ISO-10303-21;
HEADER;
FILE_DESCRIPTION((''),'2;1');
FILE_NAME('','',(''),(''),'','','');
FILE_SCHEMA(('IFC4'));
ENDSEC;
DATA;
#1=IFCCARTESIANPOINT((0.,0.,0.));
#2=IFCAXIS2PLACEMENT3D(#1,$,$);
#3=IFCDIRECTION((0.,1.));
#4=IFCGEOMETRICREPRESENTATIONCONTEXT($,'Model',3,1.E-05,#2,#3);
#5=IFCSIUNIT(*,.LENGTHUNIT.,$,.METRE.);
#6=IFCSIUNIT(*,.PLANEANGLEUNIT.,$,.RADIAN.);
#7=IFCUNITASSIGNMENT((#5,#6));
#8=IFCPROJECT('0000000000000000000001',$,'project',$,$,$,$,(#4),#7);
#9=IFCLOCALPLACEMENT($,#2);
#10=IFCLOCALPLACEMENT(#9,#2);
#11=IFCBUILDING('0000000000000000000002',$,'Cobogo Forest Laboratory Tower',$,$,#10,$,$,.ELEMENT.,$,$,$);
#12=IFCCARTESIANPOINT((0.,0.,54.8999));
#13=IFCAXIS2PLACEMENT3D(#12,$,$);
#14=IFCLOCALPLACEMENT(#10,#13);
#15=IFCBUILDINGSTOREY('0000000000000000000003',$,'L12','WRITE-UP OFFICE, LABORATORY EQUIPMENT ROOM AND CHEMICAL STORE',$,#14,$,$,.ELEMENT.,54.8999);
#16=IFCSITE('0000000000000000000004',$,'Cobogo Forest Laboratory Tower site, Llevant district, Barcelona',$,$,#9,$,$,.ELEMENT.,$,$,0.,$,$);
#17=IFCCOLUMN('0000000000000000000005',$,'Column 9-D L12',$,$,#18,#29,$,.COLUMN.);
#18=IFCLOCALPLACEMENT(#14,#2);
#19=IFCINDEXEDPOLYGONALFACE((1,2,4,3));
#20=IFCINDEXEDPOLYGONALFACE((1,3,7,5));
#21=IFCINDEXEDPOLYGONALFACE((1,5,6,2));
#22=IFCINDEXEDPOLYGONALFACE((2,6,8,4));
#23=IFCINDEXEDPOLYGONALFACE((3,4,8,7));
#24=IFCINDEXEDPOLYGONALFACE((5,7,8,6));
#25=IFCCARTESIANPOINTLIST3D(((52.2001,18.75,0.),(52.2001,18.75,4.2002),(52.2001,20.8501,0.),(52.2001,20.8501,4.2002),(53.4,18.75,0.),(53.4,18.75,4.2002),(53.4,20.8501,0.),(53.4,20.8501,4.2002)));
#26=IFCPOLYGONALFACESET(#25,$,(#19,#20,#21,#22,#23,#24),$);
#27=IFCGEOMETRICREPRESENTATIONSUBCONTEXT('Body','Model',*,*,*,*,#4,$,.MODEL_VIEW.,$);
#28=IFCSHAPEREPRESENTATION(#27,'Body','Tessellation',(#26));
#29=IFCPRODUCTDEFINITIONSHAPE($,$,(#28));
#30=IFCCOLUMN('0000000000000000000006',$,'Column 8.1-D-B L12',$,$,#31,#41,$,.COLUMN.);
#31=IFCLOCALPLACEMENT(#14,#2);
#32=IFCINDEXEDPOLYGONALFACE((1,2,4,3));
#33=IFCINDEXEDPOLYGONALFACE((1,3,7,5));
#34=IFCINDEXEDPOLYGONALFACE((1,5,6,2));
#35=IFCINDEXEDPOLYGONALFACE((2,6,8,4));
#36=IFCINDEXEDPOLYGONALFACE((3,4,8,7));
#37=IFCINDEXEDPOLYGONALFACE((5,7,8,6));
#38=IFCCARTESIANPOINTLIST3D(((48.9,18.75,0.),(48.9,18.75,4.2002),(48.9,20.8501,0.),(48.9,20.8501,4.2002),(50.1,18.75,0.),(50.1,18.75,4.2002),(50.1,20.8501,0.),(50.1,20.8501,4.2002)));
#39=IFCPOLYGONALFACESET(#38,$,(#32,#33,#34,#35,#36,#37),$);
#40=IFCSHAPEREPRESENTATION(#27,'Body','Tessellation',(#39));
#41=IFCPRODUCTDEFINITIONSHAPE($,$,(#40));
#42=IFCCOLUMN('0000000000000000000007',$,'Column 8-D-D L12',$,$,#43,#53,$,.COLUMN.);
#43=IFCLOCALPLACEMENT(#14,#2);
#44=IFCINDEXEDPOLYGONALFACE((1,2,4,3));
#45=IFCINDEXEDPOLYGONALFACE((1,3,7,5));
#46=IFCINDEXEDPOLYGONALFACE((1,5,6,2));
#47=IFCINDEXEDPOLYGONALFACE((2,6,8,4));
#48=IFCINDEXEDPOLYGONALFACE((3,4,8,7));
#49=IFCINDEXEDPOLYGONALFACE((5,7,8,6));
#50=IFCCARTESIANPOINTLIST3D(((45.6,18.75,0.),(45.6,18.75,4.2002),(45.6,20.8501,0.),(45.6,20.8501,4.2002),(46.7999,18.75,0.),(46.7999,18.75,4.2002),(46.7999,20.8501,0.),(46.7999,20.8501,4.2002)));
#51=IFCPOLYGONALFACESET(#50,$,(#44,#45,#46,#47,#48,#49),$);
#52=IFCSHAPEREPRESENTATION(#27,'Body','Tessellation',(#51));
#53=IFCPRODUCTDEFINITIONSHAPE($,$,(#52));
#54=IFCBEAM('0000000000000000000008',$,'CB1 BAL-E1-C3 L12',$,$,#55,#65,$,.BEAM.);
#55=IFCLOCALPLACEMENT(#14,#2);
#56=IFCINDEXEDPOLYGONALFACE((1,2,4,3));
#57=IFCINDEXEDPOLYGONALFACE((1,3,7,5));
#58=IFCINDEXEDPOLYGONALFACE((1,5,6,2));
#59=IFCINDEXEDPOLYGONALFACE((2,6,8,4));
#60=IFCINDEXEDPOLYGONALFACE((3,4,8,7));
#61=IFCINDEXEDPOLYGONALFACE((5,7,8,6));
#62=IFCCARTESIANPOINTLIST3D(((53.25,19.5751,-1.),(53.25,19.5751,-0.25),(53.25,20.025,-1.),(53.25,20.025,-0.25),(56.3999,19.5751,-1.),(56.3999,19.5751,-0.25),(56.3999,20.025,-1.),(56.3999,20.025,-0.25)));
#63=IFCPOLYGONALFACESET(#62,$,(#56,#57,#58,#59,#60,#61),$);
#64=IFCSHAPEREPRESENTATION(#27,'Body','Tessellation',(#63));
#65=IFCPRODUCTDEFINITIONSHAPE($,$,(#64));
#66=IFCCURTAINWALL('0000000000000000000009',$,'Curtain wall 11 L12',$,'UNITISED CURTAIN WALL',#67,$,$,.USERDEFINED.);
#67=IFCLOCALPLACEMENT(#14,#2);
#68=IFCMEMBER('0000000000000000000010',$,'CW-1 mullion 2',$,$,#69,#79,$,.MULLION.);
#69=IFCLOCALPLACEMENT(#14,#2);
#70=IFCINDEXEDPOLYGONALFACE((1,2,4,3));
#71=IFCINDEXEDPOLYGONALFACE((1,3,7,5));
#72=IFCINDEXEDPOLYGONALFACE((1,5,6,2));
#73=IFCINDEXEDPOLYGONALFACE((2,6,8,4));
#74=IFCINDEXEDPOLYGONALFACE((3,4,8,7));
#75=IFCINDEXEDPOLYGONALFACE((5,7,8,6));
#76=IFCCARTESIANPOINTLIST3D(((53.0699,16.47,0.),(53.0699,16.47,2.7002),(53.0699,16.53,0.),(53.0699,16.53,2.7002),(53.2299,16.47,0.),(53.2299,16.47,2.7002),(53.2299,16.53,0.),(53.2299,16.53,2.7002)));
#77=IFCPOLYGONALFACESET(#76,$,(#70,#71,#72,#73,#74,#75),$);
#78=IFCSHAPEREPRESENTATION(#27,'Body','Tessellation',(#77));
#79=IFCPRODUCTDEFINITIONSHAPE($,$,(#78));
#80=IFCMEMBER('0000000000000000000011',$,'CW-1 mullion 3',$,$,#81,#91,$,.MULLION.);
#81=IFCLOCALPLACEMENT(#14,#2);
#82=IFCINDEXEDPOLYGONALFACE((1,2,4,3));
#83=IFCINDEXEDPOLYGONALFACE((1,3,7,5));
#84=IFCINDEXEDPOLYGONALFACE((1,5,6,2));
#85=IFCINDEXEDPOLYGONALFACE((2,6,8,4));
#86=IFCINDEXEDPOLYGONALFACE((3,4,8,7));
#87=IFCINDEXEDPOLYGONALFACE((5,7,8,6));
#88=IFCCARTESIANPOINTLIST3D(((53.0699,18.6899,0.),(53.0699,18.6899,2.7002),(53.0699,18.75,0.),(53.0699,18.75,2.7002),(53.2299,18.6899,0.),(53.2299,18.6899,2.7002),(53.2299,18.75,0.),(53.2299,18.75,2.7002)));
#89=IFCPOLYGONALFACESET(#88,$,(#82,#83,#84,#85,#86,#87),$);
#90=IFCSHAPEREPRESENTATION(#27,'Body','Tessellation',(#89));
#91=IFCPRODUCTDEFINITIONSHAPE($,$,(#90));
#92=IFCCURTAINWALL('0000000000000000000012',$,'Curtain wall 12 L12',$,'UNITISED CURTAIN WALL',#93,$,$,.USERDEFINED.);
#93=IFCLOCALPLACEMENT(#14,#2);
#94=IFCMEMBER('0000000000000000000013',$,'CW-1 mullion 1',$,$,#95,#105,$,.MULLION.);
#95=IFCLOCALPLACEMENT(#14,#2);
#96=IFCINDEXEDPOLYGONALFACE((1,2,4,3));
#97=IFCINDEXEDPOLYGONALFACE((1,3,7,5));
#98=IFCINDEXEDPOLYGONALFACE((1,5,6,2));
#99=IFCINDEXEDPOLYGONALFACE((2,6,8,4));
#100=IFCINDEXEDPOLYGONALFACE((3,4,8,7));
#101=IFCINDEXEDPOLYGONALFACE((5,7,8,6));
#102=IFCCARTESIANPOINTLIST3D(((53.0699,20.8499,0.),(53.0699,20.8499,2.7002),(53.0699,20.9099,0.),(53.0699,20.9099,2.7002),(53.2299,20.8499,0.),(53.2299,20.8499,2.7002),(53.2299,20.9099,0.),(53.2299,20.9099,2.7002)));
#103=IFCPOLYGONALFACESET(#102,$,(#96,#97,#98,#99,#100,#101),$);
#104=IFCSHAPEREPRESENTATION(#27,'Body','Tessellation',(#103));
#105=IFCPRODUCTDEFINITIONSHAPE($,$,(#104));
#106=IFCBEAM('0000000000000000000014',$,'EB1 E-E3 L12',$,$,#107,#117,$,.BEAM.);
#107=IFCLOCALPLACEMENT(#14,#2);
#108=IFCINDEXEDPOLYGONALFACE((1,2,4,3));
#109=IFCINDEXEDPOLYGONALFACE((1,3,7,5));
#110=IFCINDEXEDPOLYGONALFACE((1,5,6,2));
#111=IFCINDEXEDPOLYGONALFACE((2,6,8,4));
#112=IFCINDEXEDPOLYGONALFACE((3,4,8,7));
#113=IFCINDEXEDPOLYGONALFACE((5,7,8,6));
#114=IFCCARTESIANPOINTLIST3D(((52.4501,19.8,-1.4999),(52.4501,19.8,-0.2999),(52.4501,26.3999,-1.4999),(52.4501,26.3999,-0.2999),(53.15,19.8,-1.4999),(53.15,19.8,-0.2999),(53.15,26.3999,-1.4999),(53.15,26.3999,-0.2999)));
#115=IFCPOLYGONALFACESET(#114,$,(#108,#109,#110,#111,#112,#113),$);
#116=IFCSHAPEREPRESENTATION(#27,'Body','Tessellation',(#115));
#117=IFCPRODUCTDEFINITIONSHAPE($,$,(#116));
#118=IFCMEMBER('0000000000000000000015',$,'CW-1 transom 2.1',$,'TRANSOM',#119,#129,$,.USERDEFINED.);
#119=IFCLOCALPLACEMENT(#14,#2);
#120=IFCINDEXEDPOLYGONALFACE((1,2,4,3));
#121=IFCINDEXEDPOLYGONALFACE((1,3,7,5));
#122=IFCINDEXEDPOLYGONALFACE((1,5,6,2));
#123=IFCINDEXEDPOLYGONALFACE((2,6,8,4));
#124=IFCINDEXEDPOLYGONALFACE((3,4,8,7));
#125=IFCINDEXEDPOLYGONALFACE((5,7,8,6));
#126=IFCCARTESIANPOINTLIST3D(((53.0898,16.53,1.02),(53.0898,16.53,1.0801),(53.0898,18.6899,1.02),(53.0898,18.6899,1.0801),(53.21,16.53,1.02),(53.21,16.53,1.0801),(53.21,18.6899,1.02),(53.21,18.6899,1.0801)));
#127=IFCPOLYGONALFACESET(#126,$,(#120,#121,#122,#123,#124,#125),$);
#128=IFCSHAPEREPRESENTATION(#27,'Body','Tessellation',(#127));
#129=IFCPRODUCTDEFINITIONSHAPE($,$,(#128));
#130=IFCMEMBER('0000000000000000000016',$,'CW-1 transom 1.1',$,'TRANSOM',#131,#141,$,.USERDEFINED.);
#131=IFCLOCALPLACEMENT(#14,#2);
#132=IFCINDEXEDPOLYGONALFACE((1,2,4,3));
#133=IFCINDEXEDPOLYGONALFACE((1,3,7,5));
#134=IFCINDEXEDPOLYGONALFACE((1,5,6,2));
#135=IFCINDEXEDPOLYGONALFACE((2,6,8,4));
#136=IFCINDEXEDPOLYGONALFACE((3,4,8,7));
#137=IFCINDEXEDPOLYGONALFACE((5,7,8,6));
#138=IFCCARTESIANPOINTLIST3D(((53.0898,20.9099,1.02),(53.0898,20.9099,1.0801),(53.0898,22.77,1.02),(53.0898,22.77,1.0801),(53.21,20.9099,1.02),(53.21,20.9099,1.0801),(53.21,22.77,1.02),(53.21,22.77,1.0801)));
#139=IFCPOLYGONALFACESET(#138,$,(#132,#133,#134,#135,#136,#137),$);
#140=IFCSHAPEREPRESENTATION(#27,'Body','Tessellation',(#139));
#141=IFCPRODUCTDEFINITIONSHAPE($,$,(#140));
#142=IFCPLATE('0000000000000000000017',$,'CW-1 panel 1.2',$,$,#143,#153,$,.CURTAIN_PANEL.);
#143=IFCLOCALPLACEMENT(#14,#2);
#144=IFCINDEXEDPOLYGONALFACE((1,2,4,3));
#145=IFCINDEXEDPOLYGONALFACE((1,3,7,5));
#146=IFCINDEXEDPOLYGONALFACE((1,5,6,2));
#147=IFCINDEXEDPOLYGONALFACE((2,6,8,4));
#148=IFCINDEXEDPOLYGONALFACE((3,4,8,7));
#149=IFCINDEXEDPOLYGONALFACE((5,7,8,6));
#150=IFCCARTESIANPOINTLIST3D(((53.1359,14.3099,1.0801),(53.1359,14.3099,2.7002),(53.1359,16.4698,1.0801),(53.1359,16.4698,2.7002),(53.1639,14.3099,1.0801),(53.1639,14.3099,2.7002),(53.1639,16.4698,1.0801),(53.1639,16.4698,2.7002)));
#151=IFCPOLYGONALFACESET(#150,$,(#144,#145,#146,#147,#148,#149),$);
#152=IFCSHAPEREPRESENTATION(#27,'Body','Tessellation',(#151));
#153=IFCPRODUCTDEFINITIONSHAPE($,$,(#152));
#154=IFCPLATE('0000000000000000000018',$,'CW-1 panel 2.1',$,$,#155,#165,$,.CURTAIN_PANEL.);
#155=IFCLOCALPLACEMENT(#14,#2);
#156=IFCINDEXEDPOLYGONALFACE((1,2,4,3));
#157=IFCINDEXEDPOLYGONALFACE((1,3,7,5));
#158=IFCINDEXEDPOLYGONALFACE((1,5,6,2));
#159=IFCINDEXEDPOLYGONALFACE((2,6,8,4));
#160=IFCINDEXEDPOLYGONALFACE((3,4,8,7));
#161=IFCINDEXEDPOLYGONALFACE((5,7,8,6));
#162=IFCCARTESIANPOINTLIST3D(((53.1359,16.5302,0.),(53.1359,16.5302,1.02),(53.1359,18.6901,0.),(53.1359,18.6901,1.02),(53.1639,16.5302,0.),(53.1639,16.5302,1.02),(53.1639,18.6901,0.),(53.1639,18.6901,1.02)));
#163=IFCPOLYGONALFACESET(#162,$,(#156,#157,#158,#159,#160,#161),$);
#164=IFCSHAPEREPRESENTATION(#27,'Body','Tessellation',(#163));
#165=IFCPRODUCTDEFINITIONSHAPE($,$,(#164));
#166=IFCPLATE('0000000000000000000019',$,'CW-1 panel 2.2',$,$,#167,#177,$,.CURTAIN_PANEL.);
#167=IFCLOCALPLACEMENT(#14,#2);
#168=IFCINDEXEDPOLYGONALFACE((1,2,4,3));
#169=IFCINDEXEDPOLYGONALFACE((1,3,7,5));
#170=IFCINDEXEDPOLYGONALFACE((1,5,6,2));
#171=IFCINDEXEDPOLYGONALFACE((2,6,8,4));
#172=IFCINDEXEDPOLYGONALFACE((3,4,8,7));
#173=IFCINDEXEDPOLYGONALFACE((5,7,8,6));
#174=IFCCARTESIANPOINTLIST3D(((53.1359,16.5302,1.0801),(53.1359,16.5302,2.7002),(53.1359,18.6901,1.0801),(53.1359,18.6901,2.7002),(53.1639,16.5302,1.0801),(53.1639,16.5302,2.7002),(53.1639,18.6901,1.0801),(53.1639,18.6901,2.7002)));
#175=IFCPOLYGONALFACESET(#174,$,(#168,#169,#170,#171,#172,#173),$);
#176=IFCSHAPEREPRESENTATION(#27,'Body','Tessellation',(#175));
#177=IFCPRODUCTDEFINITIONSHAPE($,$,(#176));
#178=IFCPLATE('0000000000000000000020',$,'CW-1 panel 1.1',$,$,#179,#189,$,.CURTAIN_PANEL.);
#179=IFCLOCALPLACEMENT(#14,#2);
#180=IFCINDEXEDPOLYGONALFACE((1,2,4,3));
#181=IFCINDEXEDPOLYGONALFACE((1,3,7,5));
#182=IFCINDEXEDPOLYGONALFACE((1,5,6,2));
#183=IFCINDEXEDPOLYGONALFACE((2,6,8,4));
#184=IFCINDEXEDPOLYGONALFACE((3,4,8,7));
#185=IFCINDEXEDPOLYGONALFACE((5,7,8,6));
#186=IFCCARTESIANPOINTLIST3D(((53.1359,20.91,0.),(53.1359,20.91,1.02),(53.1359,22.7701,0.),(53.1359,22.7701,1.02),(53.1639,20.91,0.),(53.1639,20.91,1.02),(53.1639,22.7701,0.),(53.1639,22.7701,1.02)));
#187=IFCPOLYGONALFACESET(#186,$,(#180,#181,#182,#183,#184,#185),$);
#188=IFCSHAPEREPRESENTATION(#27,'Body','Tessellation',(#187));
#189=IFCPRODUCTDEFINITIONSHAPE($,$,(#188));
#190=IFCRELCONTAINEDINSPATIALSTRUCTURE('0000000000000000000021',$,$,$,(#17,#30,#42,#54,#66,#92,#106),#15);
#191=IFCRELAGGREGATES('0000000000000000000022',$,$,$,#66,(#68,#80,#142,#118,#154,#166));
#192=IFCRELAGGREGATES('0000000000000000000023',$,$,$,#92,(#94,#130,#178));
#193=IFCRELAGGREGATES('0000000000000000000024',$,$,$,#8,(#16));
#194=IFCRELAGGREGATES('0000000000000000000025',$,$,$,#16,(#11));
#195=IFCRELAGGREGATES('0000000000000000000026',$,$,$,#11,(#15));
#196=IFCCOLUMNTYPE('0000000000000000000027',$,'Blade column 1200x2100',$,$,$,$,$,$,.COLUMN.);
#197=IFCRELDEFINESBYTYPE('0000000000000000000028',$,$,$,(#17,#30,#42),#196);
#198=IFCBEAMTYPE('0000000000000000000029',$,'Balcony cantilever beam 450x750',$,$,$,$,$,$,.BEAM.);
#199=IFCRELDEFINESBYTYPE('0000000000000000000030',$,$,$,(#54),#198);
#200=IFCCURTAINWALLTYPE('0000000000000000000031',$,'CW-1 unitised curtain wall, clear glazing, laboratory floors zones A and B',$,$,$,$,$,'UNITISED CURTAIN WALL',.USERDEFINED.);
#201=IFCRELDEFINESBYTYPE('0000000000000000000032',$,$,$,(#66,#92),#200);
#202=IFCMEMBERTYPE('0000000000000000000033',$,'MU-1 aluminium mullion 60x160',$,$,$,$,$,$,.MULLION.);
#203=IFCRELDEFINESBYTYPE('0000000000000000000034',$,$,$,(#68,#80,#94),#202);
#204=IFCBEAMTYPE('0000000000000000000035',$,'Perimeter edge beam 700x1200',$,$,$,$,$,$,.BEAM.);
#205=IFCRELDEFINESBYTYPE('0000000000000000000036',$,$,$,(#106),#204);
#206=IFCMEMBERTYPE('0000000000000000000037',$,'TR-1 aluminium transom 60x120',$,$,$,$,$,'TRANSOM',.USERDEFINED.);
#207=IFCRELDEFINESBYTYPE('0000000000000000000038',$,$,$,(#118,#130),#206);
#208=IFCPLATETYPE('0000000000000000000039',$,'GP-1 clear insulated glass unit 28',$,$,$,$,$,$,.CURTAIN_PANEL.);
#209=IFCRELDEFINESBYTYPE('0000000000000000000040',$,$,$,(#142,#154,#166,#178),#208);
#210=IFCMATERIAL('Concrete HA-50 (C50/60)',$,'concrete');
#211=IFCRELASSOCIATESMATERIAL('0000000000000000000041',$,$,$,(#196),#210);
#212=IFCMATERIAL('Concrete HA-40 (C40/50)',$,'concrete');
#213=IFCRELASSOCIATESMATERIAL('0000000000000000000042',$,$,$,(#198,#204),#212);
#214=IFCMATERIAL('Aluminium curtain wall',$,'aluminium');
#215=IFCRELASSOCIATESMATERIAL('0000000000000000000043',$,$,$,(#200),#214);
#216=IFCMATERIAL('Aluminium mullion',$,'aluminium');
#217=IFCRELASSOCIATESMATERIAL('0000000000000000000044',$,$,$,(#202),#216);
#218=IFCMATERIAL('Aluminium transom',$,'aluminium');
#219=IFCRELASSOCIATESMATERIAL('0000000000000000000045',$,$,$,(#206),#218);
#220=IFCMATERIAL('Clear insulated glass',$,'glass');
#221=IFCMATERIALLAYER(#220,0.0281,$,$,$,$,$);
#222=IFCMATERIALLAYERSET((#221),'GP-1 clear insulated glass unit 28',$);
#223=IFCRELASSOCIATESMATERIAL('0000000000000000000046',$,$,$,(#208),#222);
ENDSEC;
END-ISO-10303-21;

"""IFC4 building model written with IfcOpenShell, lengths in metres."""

from ifc_helpers import new_model, si_unit, direction, frame, origin, origin_2d, place, context, subcontext, project, spatial, rectangle, extrude, material, layer, layer_set, material_profile, profile_set, type_object, element, aggregate, save


model = new_model("IFC4")

# Units and contexts
model_context = context("Model", 3, precision=1e-05, world=origin(), true_north=direction((0.0, 1.0)))
body_context = subcontext(model_context, "Body", "Model", "MODEL_VIEW")
ifc_project = project(units=[si_unit("LENGTHUNIT", "METRE"), si_unit("PLANEANGLEUNIT", "RADIAN")], contexts=[model_context])

# Site, building, storey
site_placement = place(None, origin())
site = spatial("IfcSite", under=ifc_project, at=site_placement, Name="Cobogo Forest Laboratory Tower site, Llevant district, Barcelona", CompositionType="ELEMENT", RefElevation=0.0)
building_placement = place(site_placement, origin())
building = spatial("IfcBuilding", under=site, at=building_placement, Name="Cobogo Forest Laboratory Tower", CompositionType="ELEMENT")
storey_placement = place(building_placement, frame((0.0, 0.0, 54.8999)))
storey = spatial("IfcBuildingStorey", under=building, at=storey_placement, Name="L12", Description="WRITE-UP OFFICE, LABORATORY EQUIPMENT ROOM AND CHEMICAL STORE", CompositionType="ELEMENT", Elevation=54.8999)

# Columns
ifc_material_1 = material(Name="Concrete HA-50 (C50/60)", Category="concrete")
ifc_material_profile_1 = material_profile(ifc_material_1, rectangle(XDim=2.1001, YDim=1.2, at=origin_2d()), Name="RC 1200x2100")
ifc_profile_set_1 = profile_set([ifc_material_profile_1], Name="Concrete HA-50 (C50/60)")
column_type = type_object("IfcColumnType", Name="Blade column 1200x2100", PredefinedType="COLUMN", material=ifc_profile_set_1)
for number, where, z_axis, x_axis, name in (
    (1, (52.8, 19.8, 0.0), (0.0, 0.0, 1.0), (0.0, 1.0, 0.0), "Column 9-D L12"),
    (2, (49.5, 19.8, 0.0), (0.0, 0.0, 1.0), (0.0, 1.0, 0.0), "Column 8.1-D-B L12"),
    (3, (46.2, 19.8, 0.0), (0.0, 0.0, 1.0), (0.0, 1.0, 0.0), "Column 8-D-D L12"),
):
    element("IfcColumn", number, at=place(storey_placement, frame(where, z_axis=z_axis, x_axis=x_axis)), inside=storey, type_object=column_type, Name=name, PredefinedType="COLUMN", context=body_context, shape_type="SweptSolid", body=[
        extrude(rectangle(XDim=2.1001, YDim=1.2, at=origin_2d()), origin(), (0.0, 0.0, 1.0), 4.2002),
    ])

# Beam
ifc_material_2 = material(Name="Concrete HA-40 (C40/50)", Category="concrete")
ifc_material_profile_2 = material_profile(ifc_material_2, rectangle(XDim=0.45, YDim=0.75, at=origin_2d()), Name="RC 450x750")
ifc_profile_set_2 = profile_set([ifc_material_profile_2], Name="Concrete HA-40 (C40/50)")
beam_type_1 = type_object("IfcBeamType", Name="Balcony cantilever beam 450x750", PredefinedType="BEAM", material=ifc_profile_set_2)
beam_1_placement = place(storey_placement, frame((53.25, 19.8, -0.625), z_axis=(1.0, 0.0, 0.0), x_axis=(0.0, 1.0, 0.0)))
element("IfcBeam", 4, at=beam_1_placement, inside=storey, type_object=beam_type_1, Name="CB1 BAL-E1-C3 L12", PredefinedType="BEAM", context=body_context, shape_type="SweptSolid", body=[
    extrude(rectangle(XDim=0.45, YDim=0.75, at=origin_2d()), origin(), (0.0, 0.0, 1.0), 3.1499),
])

# Curtain wall, members
ifc_material_3 = material(Name="Aluminium curtain wall", Category="aluminium")
curtain_wall_type = type_object("IfcCurtainWallType", Name="CW-1 unitised curtain wall, clear glazing, laboratory floors zones A and B", ElementType="UNITISED CURTAIN WALL", PredefinedType="USERDEFINED", material=ifc_material_3)
curtain_wall_1_placement = place(storey_placement, origin())
curtain_wall_1 = element("IfcCurtainWall", 5, at=curtain_wall_1_placement, inside=storey, type_object=curtain_wall_type, Name="Curtain wall 11 L12", ObjectType="UNITISED CURTAIN WALL", PredefinedType="USERDEFINED")
ifc_material_4 = material(Name="Aluminium mullion", Category="aluminium")
ifc_material_profile_3 = material_profile(ifc_material_4, rectangle(XDim=0.0601, YDim=0.1599, at=origin_2d()), Name="AL 60x160")
ifc_profile_set_3 = profile_set([ifc_material_profile_3], Name="Aluminium mullion")
member_type_1 = type_object("IfcMemberType", Name="MU-1 aluminium mullion 60x160", PredefinedType="MULLION", material=ifc_profile_set_3)
member_1_placement = place(storey_placement, frame((53.1499, 16.5, 0.0), z_axis=(0.0, 0.0, 1.0), x_axis=(0.0, 1.0, 0.0)))
member_1 = element("IfcMember", 6, at=member_1_placement, type_object=member_type_1, Name="CW-1 mullion 2", PredefinedType="MULLION", context=body_context, shape_type="SweptSolid", body=[
    extrude(rectangle(XDim=0.0601, YDim=0.1599, at=origin_2d()), origin(), (0.0, 0.0, 1.0), 2.7002),
])
member_2_placement = place(storey_placement, frame((53.1499, 18.72, 0.0), z_axis=(0.0, 0.0, 1.0), x_axis=(0.0, 1.0, 0.0)))
member_2 = element("IfcMember", 7, at=member_2_placement, type_object=member_type_1, Name="CW-1 mullion 3", PredefinedType="MULLION", context=body_context, shape_type="SweptSolid", body=[
    extrude(rectangle(XDim=0.0601, YDim=0.1599, at=origin_2d()), origin(), (0.0, 0.0, 1.0), 2.7002),
])

# Curtain wall, member
curtain_wall_2_placement = place(storey_placement, origin())
curtain_wall_2 = element("IfcCurtainWall", 8, at=curtain_wall_2_placement, inside=storey, type_object=curtain_wall_type, Name="Curtain wall 12 L12", ObjectType="UNITISED CURTAIN WALL", PredefinedType="USERDEFINED")
member_3_placement = place(storey_placement, frame((53.1499, 20.8799, 0.0), z_axis=(0.0, 0.0, 1.0), x_axis=(0.0, 1.0, 0.0)))
member_3 = element("IfcMember", 9, at=member_3_placement, type_object=member_type_1, Name="CW-1 mullion 1", PredefinedType="MULLION", context=body_context, shape_type="SweptSolid", body=[
    extrude(rectangle(XDim=0.0601, YDim=0.1599, at=origin_2d()), origin(), (0.0, 0.0, 1.0), 2.7002),
])

# Beam
ifc_material_profile_4 = material_profile(ifc_material_2, rectangle(XDim=0.7, YDim=1.2, at=origin_2d()), Name="RC 700x1200")
ifc_profile_set_4 = profile_set([ifc_material_profile_4], Name="Concrete HA-40 (C40/50)")
beam_type_2 = type_object("IfcBeamType", Name="Perimeter edge beam 700x1200", PredefinedType="BEAM", material=ifc_profile_set_4)
beam_2_placement = place(storey_placement, frame((52.8, 19.8, -0.8999), z_axis=(0.0, 1.0, 0.0), x_axis=(-1.0, 0.0, 0.0)))
element("IfcBeam", 10, at=beam_2_placement, inside=storey, type_object=beam_type_2, Name="EB1 E-E3 L12", PredefinedType="BEAM", context=body_context, shape_type="SweptSolid", body=[
    extrude(rectangle(XDim=0.7, YDim=1.2, at=origin_2d()), origin(), (0.0, 0.0, 1.0), 6.5999),
])

# Members
ifc_material_5 = material(Name="Aluminium transom", Category="aluminium")
ifc_material_profile_5 = material_profile(ifc_material_5, rectangle(XDim=0.1201, YDim=0.0601, at=origin_2d()), Name="AL 60x120")
ifc_profile_set_5 = profile_set([ifc_material_profile_5], Name="Aluminium transom")
member_type_2 = type_object("IfcMemberType", Name="TR-1 aluminium transom 60x120", ElementType="TRANSOM", PredefinedType="USERDEFINED", material=ifc_profile_set_5)
member_4_placement = place(storey_placement, frame((53.1499, 16.53, 1.05), z_axis=(0.0, 1.0, 0.0), x_axis=(-1.0, 0.0, 0.0)))
member_4 = element("IfcMember", 11, at=member_4_placement, type_object=member_type_2, Name="CW-1 transom 2.1", ObjectType="TRANSOM", PredefinedType="USERDEFINED", context=body_context, shape_type="SweptSolid", body=[
    extrude(rectangle(XDim=0.1201, YDim=0.0601, at=origin_2d()), origin(), (0.0, 0.0, 1.0), 2.1599),
])
member_5_placement = place(storey_placement, frame((53.1499, 20.9099, 1.05), z_axis=(0.0, 1.0, 0.0), x_axis=(-1.0, 0.0, 0.0)))
member_5 = element("IfcMember", 12, at=member_5_placement, type_object=member_type_2, Name="CW-1 transom 1.1", ObjectType="TRANSOM", PredefinedType="USERDEFINED", context=body_context, shape_type="SweptSolid", body=[
    extrude(rectangle(XDim=0.1201, YDim=0.0601, at=origin_2d()), origin(), (0.0, 0.0, 1.0), 1.8601),
])

# Plates
ifc_material_6 = material(Name="Clear insulated glass", Category="glass")
ifc_layer_1 = layer(ifc_material_6, 0.0281)
ifc_layer_set_1 = layer_set([ifc_layer_1], Name="GP-1 clear insulated glass unit 28")
plate_type_1 = type_object("IfcPlateType", Name="GP-1 clear insulated glass unit 28", PredefinedType="CURTAIN_PANEL", material=ifc_layer_set_1)
plate_1_placement = place(storey_placement, frame((53.1499, 15.3899, 1.0801), z_axis=(0.0, 0.0, 1.0), x_axis=(0.0, 1.0, 0.0)))
plate_1 = element("IfcPlate", 13, at=plate_1_placement, type_object=plate_type_1, Name="CW-1 panel 1.2", PredefinedType="CURTAIN_PANEL", context=body_context, shape_type="SweptSolid", body=[
    extrude(rectangle(XDim=2.1599, YDim=0.0281, at=origin_2d()), origin(), (0.0, 0.0, 1.0), 1.6201),
])
plate_2_placement = place(storey_placement, frame((53.1499, 17.6101, 0.0), z_axis=(0.0, 0.0, 1.0), x_axis=(0.0, 1.0, 0.0)))
plate_2 = element("IfcPlate", 14, at=plate_2_placement, type_object=plate_type_1, Name="CW-1 panel 2.1", PredefinedType="CURTAIN_PANEL", context=body_context, shape_type="SweptSolid", body=[
    extrude(rectangle(XDim=2.1599, YDim=0.0281, at=origin_2d()), origin(), (0.0, 0.0, 1.0), 1.02),
])
plate_3_placement = place(storey_placement, frame((53.1499, 17.6101, 1.0801), z_axis=(0.0, 0.0, 1.0), x_axis=(0.0, 1.0, 0.0)))
plate_3 = element("IfcPlate", 15, at=plate_3_placement, type_object=plate_type_1, Name="CW-1 panel 2.2", PredefinedType="CURTAIN_PANEL", context=body_context, shape_type="SweptSolid", body=[
    extrude(rectangle(XDim=2.1599, YDim=0.0281, at=origin_2d()), origin(), (0.0, 0.0, 1.0), 1.6201),
])
aggregate(curtain_wall_1, [member_1, member_2, plate_1, member_4, plate_2, plate_3])
plate_4_placement = place(storey_placement, frame((53.1499, 21.8401, 0.0), z_axis=(0.0, 0.0, 1.0), x_axis=(0.0, 1.0, 0.0)))
plate_4 = element("IfcPlate", 16, at=plate_4_placement, type_object=plate_type_1, Name="CW-1 panel 1.1", PredefinedType="CURTAIN_PANEL", context=body_context, shape_type="SweptSolid", body=[
    extrude(rectangle(XDim=1.8601, YDim=0.0281, at=origin_2d()), origin(), (0.0, 0.0, 1.0), 1.02),
])
aggregate(curtain_wall_2, [member_3, member_5, plate_4])

save(model, "model.ifc")
